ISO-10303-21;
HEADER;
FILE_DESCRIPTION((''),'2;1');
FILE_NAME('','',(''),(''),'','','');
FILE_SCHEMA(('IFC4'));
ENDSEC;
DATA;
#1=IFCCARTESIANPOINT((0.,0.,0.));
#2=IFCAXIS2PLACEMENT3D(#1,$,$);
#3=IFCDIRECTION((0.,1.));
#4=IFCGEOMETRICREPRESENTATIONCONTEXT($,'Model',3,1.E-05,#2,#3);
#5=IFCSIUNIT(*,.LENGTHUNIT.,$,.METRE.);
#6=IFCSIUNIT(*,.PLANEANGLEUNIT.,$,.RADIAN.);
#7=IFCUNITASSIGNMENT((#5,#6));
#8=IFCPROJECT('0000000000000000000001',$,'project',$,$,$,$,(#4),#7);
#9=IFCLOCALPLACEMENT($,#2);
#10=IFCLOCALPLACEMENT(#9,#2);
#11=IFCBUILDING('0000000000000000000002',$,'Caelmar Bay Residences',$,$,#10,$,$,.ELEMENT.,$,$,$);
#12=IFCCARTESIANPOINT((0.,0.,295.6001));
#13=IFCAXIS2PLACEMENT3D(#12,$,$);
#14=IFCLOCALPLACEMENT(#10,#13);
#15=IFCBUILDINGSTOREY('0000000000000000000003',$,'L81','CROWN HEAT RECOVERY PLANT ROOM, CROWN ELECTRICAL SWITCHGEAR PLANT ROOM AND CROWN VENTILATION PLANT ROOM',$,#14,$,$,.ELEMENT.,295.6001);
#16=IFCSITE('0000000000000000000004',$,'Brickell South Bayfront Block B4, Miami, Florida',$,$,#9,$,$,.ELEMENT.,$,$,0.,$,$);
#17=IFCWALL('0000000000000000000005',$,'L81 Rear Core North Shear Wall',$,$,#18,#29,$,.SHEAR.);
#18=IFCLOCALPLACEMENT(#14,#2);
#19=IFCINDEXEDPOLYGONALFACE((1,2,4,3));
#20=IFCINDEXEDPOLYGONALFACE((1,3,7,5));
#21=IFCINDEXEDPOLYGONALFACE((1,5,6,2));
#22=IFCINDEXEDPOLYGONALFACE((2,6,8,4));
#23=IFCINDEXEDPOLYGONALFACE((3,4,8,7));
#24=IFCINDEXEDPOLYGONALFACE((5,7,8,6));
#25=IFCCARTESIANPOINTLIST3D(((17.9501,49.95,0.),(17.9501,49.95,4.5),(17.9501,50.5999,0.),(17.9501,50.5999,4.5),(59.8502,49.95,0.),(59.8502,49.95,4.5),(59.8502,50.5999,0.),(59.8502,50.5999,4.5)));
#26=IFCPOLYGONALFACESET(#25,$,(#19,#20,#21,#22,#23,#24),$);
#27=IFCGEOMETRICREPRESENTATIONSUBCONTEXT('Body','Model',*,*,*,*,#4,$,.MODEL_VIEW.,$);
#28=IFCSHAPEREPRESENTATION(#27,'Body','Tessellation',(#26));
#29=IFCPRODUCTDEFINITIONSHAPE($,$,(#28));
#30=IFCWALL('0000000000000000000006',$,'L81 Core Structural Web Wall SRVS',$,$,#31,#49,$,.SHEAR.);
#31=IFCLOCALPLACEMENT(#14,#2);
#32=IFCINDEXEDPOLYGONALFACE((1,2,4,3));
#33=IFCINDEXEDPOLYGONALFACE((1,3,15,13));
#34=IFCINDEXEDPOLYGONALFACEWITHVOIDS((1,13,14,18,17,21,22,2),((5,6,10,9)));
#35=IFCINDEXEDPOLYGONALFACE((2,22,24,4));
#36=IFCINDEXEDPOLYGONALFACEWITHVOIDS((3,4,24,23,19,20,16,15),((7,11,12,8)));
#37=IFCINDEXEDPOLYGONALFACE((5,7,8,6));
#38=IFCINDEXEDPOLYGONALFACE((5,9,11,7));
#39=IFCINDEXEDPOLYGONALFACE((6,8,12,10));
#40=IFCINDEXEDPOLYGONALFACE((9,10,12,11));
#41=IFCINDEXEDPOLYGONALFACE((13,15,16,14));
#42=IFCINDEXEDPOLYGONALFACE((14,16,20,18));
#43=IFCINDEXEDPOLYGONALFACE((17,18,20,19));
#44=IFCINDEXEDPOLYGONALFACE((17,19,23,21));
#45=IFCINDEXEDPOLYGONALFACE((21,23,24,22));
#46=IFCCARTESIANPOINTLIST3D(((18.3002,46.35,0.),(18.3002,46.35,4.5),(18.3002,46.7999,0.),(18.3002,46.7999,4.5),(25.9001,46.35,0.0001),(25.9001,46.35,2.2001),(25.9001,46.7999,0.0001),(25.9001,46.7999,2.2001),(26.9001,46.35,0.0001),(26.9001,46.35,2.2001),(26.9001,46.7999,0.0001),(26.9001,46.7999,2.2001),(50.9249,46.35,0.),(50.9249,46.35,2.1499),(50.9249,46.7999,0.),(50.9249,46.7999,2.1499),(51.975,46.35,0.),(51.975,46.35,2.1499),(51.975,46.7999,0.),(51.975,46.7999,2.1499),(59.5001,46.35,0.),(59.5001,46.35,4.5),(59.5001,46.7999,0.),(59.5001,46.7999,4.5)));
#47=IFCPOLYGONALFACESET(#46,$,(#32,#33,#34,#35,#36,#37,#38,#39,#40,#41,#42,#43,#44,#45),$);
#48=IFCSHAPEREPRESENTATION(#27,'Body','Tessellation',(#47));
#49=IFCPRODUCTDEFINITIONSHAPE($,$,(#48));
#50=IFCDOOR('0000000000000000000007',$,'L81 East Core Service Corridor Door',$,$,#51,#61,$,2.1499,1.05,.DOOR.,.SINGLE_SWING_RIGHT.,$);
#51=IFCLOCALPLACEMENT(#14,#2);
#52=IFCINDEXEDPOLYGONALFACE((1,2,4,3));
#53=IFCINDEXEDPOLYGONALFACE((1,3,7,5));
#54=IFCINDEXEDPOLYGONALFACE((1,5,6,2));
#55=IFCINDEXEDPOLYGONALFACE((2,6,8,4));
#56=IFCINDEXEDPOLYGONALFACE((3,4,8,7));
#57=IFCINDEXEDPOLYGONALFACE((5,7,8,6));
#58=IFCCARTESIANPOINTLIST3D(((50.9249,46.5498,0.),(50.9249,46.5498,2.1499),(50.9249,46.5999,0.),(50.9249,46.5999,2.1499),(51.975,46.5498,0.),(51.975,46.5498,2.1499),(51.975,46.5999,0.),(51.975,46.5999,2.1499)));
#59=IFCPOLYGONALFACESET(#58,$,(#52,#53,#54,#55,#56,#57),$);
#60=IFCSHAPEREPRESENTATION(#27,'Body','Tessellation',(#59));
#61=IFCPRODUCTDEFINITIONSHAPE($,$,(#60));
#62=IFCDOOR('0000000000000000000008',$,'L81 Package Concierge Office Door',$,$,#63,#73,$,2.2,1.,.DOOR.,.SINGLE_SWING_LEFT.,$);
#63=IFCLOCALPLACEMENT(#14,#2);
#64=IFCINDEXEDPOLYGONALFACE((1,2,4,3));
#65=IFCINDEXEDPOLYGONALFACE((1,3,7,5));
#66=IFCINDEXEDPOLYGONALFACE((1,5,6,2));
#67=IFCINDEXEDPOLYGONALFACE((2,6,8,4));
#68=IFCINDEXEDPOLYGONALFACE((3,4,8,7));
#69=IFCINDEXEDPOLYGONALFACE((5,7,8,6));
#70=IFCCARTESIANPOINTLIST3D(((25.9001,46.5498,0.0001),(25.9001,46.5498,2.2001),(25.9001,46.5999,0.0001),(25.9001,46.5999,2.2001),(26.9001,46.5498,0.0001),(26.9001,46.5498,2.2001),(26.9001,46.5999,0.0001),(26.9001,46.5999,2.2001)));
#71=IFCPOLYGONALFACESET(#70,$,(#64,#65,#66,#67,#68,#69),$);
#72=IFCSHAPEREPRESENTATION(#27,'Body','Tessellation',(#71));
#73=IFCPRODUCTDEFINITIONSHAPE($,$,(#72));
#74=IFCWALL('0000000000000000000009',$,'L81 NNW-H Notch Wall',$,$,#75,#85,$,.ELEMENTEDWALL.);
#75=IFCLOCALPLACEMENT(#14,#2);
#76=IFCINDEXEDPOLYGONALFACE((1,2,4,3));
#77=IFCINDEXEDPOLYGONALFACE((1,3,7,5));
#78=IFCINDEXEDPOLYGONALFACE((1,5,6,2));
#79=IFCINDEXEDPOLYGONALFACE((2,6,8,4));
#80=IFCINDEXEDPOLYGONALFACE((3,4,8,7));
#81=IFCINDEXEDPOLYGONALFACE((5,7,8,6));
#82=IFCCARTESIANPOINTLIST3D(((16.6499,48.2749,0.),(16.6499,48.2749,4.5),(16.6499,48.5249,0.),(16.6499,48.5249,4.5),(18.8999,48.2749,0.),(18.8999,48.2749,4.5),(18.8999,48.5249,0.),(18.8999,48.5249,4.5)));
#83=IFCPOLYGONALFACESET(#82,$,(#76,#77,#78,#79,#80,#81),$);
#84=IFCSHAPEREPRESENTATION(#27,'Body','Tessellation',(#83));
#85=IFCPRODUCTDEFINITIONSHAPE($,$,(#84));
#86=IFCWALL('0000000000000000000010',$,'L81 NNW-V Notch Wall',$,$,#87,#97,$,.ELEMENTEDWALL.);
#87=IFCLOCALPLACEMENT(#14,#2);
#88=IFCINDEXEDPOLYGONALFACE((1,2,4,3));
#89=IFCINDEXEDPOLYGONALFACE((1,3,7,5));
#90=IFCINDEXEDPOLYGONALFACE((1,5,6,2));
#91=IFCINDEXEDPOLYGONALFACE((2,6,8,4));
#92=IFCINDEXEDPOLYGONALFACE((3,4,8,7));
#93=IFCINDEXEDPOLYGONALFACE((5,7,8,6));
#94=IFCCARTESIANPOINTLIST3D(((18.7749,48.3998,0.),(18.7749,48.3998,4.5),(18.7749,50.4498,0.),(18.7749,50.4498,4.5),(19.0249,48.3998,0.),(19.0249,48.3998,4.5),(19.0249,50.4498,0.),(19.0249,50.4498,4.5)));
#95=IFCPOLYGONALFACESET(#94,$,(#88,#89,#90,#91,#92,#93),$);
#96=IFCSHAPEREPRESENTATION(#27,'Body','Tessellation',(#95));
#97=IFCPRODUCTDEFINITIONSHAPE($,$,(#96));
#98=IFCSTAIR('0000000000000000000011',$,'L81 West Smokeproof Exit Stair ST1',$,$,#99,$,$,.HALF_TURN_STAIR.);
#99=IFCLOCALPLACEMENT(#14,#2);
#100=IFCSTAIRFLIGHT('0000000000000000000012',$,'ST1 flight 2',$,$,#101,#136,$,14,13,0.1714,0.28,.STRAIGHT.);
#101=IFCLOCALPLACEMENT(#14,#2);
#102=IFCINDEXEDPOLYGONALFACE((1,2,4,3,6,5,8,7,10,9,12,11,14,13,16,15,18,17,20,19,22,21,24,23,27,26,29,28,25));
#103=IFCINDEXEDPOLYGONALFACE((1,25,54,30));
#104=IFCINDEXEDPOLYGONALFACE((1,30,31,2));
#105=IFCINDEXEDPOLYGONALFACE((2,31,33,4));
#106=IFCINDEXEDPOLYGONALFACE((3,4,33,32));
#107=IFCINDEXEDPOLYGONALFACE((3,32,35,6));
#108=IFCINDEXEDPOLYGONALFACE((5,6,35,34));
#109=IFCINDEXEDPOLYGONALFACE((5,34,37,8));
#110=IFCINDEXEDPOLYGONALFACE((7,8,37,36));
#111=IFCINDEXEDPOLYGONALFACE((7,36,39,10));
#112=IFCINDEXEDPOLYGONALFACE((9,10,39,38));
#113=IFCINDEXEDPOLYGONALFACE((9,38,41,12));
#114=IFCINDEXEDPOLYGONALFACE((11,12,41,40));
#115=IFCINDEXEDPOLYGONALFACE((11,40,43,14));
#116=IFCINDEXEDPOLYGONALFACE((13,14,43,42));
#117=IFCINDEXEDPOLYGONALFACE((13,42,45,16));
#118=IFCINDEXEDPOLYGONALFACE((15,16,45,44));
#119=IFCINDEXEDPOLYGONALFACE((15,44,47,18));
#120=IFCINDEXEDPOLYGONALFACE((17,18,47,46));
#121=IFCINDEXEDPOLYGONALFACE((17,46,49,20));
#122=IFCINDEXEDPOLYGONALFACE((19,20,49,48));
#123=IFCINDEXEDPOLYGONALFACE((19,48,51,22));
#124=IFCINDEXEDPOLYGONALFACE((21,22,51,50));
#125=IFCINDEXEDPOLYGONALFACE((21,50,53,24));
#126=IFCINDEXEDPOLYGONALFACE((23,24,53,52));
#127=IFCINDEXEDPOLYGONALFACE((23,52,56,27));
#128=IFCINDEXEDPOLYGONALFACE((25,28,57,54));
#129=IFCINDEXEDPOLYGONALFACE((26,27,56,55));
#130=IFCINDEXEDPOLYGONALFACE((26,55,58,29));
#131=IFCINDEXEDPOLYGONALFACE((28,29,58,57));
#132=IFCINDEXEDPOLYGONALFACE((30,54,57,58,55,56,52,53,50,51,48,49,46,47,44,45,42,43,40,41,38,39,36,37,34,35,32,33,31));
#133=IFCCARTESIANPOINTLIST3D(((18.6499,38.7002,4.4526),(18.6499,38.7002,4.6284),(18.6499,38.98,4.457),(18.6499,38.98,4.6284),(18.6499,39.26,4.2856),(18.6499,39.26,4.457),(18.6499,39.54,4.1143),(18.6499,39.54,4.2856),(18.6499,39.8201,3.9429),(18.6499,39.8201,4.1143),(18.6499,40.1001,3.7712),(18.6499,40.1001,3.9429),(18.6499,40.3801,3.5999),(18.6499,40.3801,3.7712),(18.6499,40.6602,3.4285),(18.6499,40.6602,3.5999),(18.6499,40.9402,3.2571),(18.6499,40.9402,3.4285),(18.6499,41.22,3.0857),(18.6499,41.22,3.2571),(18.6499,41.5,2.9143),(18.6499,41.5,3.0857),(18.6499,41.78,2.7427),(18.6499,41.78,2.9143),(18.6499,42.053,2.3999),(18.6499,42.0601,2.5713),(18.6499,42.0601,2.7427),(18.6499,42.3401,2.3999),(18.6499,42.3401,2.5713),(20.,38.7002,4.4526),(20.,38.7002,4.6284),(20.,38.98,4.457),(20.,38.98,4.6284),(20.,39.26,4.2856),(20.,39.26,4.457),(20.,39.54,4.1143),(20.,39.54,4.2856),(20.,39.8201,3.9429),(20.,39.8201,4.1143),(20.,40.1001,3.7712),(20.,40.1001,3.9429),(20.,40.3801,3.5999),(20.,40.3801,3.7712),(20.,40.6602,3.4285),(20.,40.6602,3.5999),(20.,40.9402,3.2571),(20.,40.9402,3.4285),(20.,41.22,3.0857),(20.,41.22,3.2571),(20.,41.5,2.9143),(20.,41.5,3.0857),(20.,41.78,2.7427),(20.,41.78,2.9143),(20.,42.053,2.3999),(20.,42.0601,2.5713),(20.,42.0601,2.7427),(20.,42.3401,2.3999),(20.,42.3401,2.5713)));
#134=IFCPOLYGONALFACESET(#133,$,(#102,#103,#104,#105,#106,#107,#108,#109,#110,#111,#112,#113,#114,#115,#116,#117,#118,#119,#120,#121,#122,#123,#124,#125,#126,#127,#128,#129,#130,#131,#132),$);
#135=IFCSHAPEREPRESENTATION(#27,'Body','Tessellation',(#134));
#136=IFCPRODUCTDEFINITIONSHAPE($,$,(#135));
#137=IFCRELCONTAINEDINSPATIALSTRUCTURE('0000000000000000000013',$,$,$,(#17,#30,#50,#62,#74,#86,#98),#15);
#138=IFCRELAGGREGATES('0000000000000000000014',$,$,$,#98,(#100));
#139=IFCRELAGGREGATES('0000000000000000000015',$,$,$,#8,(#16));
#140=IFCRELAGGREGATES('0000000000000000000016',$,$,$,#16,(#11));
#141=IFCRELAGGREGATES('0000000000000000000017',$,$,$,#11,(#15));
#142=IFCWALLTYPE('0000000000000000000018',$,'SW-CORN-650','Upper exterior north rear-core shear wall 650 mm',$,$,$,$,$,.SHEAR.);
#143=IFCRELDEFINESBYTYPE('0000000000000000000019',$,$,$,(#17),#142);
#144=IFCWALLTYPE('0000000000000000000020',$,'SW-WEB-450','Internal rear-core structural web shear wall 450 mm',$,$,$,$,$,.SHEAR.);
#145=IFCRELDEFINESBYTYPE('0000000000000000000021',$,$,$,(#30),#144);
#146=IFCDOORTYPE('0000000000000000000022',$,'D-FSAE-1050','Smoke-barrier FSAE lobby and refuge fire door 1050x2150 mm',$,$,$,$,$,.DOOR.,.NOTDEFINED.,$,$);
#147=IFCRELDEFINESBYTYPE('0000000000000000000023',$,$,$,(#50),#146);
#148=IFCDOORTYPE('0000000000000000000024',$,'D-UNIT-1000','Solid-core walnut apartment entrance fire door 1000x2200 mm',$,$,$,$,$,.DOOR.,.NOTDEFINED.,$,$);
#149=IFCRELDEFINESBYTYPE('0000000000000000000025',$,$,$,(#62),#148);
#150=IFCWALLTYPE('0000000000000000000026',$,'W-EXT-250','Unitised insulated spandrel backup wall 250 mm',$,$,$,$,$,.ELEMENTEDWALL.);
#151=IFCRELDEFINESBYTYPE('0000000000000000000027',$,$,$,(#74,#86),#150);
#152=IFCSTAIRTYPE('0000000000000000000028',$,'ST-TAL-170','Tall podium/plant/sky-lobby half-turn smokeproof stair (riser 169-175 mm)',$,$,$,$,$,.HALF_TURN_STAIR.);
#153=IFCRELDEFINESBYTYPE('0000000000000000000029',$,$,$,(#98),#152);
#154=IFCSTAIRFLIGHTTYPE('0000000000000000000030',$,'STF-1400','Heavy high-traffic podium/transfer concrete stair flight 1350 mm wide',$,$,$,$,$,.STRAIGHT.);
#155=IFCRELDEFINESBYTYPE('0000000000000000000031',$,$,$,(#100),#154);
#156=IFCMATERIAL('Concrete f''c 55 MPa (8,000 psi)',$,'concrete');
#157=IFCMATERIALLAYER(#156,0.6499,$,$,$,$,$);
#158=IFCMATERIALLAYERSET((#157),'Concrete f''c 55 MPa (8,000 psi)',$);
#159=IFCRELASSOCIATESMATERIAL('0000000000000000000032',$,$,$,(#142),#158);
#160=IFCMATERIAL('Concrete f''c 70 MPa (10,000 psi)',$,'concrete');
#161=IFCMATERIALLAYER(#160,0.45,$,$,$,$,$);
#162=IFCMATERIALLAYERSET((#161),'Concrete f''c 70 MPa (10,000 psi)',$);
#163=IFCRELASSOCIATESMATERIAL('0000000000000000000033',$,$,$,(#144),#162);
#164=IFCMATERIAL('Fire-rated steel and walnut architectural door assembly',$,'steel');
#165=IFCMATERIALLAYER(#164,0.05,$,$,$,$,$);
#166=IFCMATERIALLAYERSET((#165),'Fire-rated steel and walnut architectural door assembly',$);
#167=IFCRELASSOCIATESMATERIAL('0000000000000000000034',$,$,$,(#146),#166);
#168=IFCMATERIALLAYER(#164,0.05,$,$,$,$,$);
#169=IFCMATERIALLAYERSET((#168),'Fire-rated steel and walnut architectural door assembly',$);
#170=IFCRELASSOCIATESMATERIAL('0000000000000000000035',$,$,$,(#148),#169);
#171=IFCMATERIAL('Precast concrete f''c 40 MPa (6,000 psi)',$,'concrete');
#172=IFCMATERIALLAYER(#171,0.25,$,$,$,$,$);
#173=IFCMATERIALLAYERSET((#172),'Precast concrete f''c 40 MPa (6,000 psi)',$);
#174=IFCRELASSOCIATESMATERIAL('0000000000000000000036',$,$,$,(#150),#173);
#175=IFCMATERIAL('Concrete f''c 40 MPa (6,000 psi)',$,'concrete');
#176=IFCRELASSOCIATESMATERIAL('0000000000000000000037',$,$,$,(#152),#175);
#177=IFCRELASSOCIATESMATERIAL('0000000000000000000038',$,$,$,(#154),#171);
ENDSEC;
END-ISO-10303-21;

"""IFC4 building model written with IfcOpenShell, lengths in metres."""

from ifc_helpers import new_model, si_unit, direction, frame, frame_2d, origin, place, context, subcontext, project, spatial, polyline, rectangle, outline, extrude, material, layer, layer_set, type_object, element, fill, aggregate, save


model = new_model("IFC4")

# Units and contexts
model_context = context("Model", 3, precision=1e-05, world=origin(), true_north=direction((0.0, 1.0)))
body_context = subcontext(model_context, "Body", "Model", "MODEL_VIEW")
ifc_project = project(units=[si_unit("LENGTHUNIT", "METRE"), si_unit("PLANEANGLEUNIT", "RADIAN")], contexts=[model_context])

# Site, building, storey
site_placement = place(None, origin())
site = spatial("IfcSite", under=ifc_project, at=site_placement, Name="Brickell South Bayfront Block B4, Miami, Florida", CompositionType="ELEMENT", RefElevation=0.0)
building_placement = place(site_placement, origin())
building = spatial("IfcBuilding", under=site, at=building_placement, Name="Caelmar Bay Residences", CompositionType="ELEMENT")
storey_placement = place(building_placement, frame((0.0, 0.0, 295.6001)))
storey = spatial("IfcBuildingStorey", under=building, at=storey_placement, Name="L81", Description="CROWN HEAT RECOVERY PLANT ROOM, CROWN ELECTRICAL SWITCHGEAR PLANT ROOM AND CROWN VENTILATION PLANT ROOM", CompositionType="ELEMENT", Elevation=295.6001)

# Wall
ifc_material_1 = material(Name="Concrete f'c 55 MPa (8,000 psi)", Category="concrete")
ifc_layer_1 = layer(ifc_material_1, 0.6499)
ifc_layer_set_1 = layer_set([ifc_layer_1], Name="Concrete f'c 55 MPa (8,000 psi)")
wall_type_1 = type_object("IfcWallType", Name="SW-CORN-650", Description="Upper exterior north rear-core shear wall 650 mm", PredefinedType="SHEAR", material=ifc_layer_set_1)
wall_1_placement = place(storey_placement, frame((17.95, 50.2749, 0.0), z_axis=(0.0, 0.0, 1.0), x_axis=(1.0, 0.0, 0.0)))
element("IfcWall", 1, at=wall_1_placement, inside=storey, type_object=wall_type_1, Name="L81 Rear Core North Shear Wall", PredefinedType="SHEAR", context=body_context, shape_type="SweptSolid", body=[
    extrude(rectangle(XDim=41.9001, YDim=0.6499, at=frame_2d((20.9502, 0.0))), origin(), (0.0, 0.0, 1.0), 4.5),
])

# Wall, openings, doors
ifc_material_2 = material(Name="Concrete f'c 70 MPa (10,000 psi)", Category="concrete")
ifc_layer_2 = layer(ifc_material_2, 0.45)
ifc_layer_set_2 = layer_set([ifc_layer_2], Name="Concrete f'c 70 MPa (10,000 psi)")
wall_type_2 = type_object("IfcWallType", Name="SW-WEB-450", Description="Internal rear-core structural web shear wall 450 mm", PredefinedType="SHEAR", material=ifc_layer_set_2)
wall_2_placement = place(storey_placement, frame((18.3, 46.575, 0.0), z_axis=(0.0, 0.0, 1.0), x_axis=(1.0, 0.0, 0.0)))
wall_2 = element("IfcWall", 2, at=wall_2_placement, inside=storey, type_object=wall_type_2, Name="L81 Core Structural Web Wall SRVS", PredefinedType="SHEAR", context=body_context, shape_type="SweptSolid", body=[
    extrude(rectangle(XDim=41.2, YDim=0.45, at=frame_2d((20.6001, 0.0))), origin(), (0.0, 0.0, 1.0), 4.5),
])
opening_1_placement = place(wall_2_placement, frame((7.6001, 0.0, 0.0)))
opening_1 = element("IfcOpeningElement", 3, at=opening_1_placement, cuts=wall_2, PredefinedType="OPENING", context=body_context, shape_type="SweptSolid", body=[
    extrude(rectangle(XDim=1.0, YDim=2.2, at=frame_2d((0.5, 1.1001))), frame((0.0, 0.2349, 0.0), z_axis=(0.0, -1.0, 0.0), x_axis=(1.0, 0.0, 0.0)), (0.0, 0.0, 1.0), 0.47),
])
opening_2_placement = place(wall_2_placement, frame((32.625, 0.0, 0.0)))
opening_2 = element("IfcOpeningElement", 4, at=opening_2_placement, cuts=wall_2, PredefinedType="OPENING", context=body_context, shape_type="SweptSolid", body=[
    extrude(rectangle(XDim=1.05, YDim=2.1499, at=frame_2d((0.5249, 1.075))), frame((0.0, 0.2349, 0.0), z_axis=(0.0, -1.0, 0.0), x_axis=(1.0, 0.0, 0.0)), (0.0, 0.0, 1.0), 0.47),
])
ifc_material_3 = material(Name="Fire-rated steel and walnut architectural door assembly", Category="steel")
ifc_layer_3 = layer(ifc_material_3, 0.05)
ifc_layer_set_3 = layer_set([ifc_layer_3], Name="Fire-rated steel and walnut architectural door assembly")
door_type_1 = type_object("IfcDoorType", Name="D-FSAE-1050", Description="Smoke-barrier FSAE lobby and refuge fire door 1050x2150 mm", OperationType="NOTDEFINED", PredefinedType="DOOR", material=ifc_layer_set_3)
door_1_placement = place(opening_2_placement, origin())
door_1 = element("IfcDoor", 5, at=door_1_placement, inside=storey, type_object=door_type_1, Name="L81 East Core Service Corridor Door", OperationType="SINGLE_SWING_RIGHT", OverallHeight=2.1499, OverallWidth=1.05, PredefinedType="DOOR", context=body_context, shape_type="SweptSolid", body=[
    extrude(rectangle(XDim=1.05, YDim=2.1499, at=frame_2d((0.5249, 1.075))), frame((0.0, 0.0249, 0.0), z_axis=(0.0, -1.0, 0.0), x_axis=(1.0, 0.0, 0.0)), (0.0, 0.0, 1.0), 0.05),
])
fill(opening_2, door_1)
ifc_layer_4 = layer(ifc_material_3, 0.05)
ifc_layer_set_4 = layer_set([ifc_layer_4], Name="Fire-rated steel and walnut architectural door assembly")
door_type_2 = type_object("IfcDoorType", Name="D-UNIT-1000", Description="Solid-core walnut apartment entrance fire door 1000x2200 mm", OperationType="NOTDEFINED", PredefinedType="DOOR", material=ifc_layer_set_4)
door_2_placement = place(opening_1_placement, origin())
door_2 = element("IfcDoor", 6, at=door_2_placement, inside=storey, type_object=door_type_2, Name="L81 Package Concierge Office Door", OperationType="SINGLE_SWING_LEFT", OverallHeight=2.2, OverallWidth=1.0, PredefinedType="DOOR", context=body_context, shape_type="SweptSolid", body=[
    extrude(rectangle(XDim=1.0, YDim=2.2, at=frame_2d((0.5, 1.1001))), frame((0.0, 0.0249, 0.0), z_axis=(0.0, -1.0, 0.0), x_axis=(1.0, 0.0, 0.0)), (0.0, 0.0, 1.0), 0.05),
])
fill(opening_1, door_2)

# Walls
ifc_material_4 = material(Name="Precast concrete f'c 40 MPa (6,000 psi)", Category="concrete")
ifc_layer_5 = layer(ifc_material_4, 0.25)
ifc_layer_set_5 = layer_set([ifc_layer_5], Name="Precast concrete f'c 40 MPa (6,000 psi)")
wall_type_3 = type_object("IfcWallType", Name="W-EXT-250", Description="Unitised insulated spandrel backup wall 250 mm", PredefinedType="ELEMENTEDWALL", material=ifc_layer_set_5)
wall_3_placement = place(storey_placement, frame((16.6499, 48.3999, 0.0), z_axis=(0.0, 0.0, 1.0), x_axis=(1.0, 0.0, 0.0)))
element("IfcWall", 7, at=wall_3_placement, inside=storey, type_object=wall_type_3, Name="L81 NNW-H Notch Wall", PredefinedType="ELEMENTEDWALL", context=body_context, shape_type="SweptSolid", body=[
    extrude(rectangle(XDim=2.25, YDim=0.25, at=frame_2d((1.125, 0.0))), origin(), (0.0, 0.0, 1.0), 4.5),
])
wall_4_placement = place(storey_placement, frame((18.8999, 48.3999, 0.0), z_axis=(0.0, 0.0, 1.0), x_axis=(0.0, 1.0, 0.0)))
element("IfcWall", 8, at=wall_4_placement, inside=storey, type_object=wall_type_3, Name="L81 NNW-V Notch Wall", PredefinedType="ELEMENTEDWALL", context=body_context, shape_type="SweptSolid", body=[
    extrude(rectangle(XDim=2.05, YDim=0.25, at=frame_2d((1.0249, 0.0))), origin(), (0.0, 0.0, 1.0), 4.5),
])

# Stair, stair flight
ifc_material_5 = material(Name="Concrete f'c 40 MPa (6,000 psi)", Category="concrete")
stair_type = type_object("IfcStairType", Name="ST-TAL-170", Description="Tall podium/plant/sky-lobby half-turn smokeproof stair (riser 169-175 mm)", PredefinedType="HALF_TURN_STAIR", material=ifc_material_5)
stair_placement = place(storey_placement, origin())
stair = element("IfcStair", 9, at=stair_placement, inside=storey, type_object=stair_type, Name="L81 West Smokeproof Exit Stair ST1", PredefinedType="HALF_TURN_STAIR")
stair_flight_type = type_object("IfcStairFlightType", Name="STF-1400", Description="Heavy high-traffic podium/transfer concrete stair flight 1350 mm wide", PredefinedType="STRAIGHT", material=ifc_material_4)
stair_flight_placement = place(storey_placement, frame((19.325, 42.3401, 2.3999), z_axis=(0.0, 0.0, 1.0), x_axis=(0.0, -1.0, 0.0)))
stair_flight = element("IfcStairFlight", 10, at=stair_flight_placement, type_object=stair_flight_type, Name="ST1 flight 2", NumberOfRisers=14, NumberOfTreads=13, PredefinedType="STRAIGHT", RiserHeight=0.1714, TreadLength=0.28, context=body_context, shape_type="SweptSolid", body=[
    extrude(outline(polyline([(0.0, 0.0), (0.0, 0.1714), (0.28, 0.1714), (0.28, 0.3428), (0.5601, 0.3428), (0.5601, 0.5144), (0.8401, 0.5144), (0.8401, 0.6858), (1.1201, 0.6858), (1.1201, 0.8572), (1.3999, 0.8572), (1.3999, 1.0286), (1.6799, 1.0286), (1.6799, 1.2), (1.96, 1.2), (1.96, 1.3713), (2.24, 1.3713), (2.24, 1.543), (2.52, 1.543), (2.52, 1.7144), (2.8, 1.7144), (2.8, 1.8857), (3.0801, 1.8857), (3.0801, 2.0571), (3.3601, 2.0571), (3.3601, 2.2285), (3.6399, 2.2285), (3.6399, 2.3999), (3.6399, 2.0527), (0.2871, 0.0), (0.0, 0.0)])), frame((0.0, 0.675, 0.0), z_axis=(0.0, -1.0, 0.0), x_axis=(1.0, 0.0, 0.0)), (0.0, 0.0, 1.0), 1.3501),
])
aggregate(stair, [stair_flight])

save(model, "model.ifc")
